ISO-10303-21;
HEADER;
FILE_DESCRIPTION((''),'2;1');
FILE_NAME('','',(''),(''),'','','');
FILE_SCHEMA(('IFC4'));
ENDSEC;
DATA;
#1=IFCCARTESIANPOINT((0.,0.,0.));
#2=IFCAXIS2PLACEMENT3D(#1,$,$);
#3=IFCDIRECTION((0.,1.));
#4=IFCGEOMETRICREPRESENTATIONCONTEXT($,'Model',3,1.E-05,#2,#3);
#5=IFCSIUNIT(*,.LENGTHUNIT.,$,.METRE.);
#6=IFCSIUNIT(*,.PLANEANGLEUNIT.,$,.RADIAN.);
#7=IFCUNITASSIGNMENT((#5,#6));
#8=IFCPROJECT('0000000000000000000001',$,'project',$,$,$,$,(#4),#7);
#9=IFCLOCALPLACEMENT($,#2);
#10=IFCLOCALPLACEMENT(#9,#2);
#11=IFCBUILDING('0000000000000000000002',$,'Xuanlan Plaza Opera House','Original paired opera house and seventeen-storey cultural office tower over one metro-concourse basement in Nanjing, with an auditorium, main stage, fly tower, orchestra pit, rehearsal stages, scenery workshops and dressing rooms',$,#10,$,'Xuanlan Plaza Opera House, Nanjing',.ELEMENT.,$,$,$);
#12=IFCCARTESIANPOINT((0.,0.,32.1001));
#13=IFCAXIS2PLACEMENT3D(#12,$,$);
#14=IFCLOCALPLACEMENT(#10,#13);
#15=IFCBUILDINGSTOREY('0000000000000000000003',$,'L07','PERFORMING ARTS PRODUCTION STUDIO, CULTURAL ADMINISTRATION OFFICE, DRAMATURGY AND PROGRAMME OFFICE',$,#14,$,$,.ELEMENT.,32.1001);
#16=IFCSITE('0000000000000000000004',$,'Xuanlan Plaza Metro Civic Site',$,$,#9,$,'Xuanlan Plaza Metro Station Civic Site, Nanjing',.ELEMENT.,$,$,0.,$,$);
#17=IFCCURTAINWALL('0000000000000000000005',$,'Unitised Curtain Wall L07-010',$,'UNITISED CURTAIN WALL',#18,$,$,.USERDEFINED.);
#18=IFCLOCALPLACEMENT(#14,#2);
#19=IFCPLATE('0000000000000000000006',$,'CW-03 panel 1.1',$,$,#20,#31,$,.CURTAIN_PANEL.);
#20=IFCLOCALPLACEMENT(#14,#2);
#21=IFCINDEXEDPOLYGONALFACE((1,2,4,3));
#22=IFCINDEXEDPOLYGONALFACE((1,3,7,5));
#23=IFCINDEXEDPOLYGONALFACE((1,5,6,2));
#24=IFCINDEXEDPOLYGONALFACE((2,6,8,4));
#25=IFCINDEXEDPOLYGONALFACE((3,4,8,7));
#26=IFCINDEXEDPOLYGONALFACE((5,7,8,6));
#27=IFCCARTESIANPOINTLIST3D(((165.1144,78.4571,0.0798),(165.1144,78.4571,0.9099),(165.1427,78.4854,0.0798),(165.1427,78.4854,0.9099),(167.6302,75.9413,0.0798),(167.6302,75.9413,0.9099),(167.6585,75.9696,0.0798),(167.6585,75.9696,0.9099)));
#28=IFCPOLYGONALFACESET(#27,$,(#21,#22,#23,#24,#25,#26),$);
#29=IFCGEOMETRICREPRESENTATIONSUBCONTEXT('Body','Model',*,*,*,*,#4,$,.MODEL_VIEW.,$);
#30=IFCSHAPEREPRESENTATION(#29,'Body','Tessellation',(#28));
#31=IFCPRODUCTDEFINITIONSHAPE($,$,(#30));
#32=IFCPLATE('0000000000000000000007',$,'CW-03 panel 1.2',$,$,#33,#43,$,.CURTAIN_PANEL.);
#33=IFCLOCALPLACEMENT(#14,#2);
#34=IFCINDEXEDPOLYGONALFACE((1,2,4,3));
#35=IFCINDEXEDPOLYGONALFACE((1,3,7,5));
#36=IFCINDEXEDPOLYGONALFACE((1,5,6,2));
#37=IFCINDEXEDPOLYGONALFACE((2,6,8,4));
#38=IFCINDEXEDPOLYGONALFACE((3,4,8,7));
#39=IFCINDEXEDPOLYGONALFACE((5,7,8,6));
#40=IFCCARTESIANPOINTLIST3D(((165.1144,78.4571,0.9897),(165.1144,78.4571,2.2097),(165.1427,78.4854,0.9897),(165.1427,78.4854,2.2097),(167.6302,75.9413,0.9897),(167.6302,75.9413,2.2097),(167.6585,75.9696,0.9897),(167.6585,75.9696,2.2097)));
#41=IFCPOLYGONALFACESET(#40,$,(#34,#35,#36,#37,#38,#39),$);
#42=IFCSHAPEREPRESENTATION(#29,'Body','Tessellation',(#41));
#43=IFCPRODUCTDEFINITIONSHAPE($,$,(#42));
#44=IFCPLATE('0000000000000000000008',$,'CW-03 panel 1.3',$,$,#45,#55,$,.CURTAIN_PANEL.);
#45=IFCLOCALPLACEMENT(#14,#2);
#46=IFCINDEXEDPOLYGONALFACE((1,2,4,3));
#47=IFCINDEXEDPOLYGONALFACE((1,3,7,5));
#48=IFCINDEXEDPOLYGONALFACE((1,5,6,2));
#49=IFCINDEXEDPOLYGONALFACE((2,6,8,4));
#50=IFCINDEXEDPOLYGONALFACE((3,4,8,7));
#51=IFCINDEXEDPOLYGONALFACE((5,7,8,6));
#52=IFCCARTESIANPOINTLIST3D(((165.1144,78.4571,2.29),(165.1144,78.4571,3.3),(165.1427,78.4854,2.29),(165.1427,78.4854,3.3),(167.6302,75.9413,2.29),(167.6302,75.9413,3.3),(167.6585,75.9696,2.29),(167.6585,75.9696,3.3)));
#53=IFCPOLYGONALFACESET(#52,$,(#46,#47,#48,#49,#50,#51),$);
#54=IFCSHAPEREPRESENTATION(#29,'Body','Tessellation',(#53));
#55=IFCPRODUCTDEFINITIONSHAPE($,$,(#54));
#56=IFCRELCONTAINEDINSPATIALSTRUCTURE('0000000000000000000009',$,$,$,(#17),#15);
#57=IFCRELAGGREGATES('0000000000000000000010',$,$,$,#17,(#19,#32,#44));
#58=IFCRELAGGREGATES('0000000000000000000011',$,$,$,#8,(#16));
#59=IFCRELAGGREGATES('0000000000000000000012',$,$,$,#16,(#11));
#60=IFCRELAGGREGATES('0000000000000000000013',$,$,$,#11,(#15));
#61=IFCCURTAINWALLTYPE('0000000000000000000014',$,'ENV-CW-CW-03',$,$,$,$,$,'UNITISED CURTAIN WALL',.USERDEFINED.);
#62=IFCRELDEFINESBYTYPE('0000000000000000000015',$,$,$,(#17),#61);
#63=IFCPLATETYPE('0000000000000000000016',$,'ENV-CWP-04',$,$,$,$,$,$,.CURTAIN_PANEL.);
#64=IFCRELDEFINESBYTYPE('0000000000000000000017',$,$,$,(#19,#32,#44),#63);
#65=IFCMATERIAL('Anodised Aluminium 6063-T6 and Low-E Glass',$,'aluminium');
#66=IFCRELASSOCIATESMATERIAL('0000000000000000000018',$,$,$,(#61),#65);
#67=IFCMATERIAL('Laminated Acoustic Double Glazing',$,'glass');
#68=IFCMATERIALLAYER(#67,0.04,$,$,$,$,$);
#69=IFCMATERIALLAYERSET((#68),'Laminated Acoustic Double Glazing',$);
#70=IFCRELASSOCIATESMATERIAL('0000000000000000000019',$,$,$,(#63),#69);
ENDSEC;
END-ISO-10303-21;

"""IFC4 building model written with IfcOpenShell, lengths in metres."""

from ifc_helpers import new_model, si_unit, direction, frame, origin, origin_2d, place, context, subcontext, project, spatial, rectangle, extrude, material, layer, layer_set, type_object, element, aggregate, save


model = new_model("IFC4")

# Units and contexts
model_context = context("Model", 3, precision=1e-05, world=origin(), true_north=direction((0.0, 1.0)))
body_context = subcontext(model_context, "Body", "Model", "MODEL_VIEW")
ifc_project = project(units=[si_unit("LENGTHUNIT", "METRE"), si_unit("PLANEANGLEUNIT", "RADIAN")], contexts=[model_context])

# Site, building, storey
site_placement = place(None, origin())
site = spatial("IfcSite", under=ifc_project, at=site_placement, Name="Xuanlan Plaza Metro Civic Site", LongName="Xuanlan Plaza Metro Station Civic Site, Nanjing", CompositionType="ELEMENT", RefElevation=0.0)
building_placement = place(site_placement, origin())
building = spatial("IfcBuilding", under=site, at=building_placement, Name="Xuanlan Plaza Opera House", Description="Original paired opera house and seventeen-storey cultural office tower over one metro-concourse basement in Nanjing, with an auditorium, main stage, fly tower, orchestra pit, rehearsal stages, scenery workshops and dressing rooms", LongName="Xuanlan Plaza Opera House, Nanjing", CompositionType="ELEMENT")
storey_placement = place(building_placement, frame((0.0, 0.0, 32.1001)))
storey = spatial("IfcBuildingStorey", under=building, at=storey_placement, Name="L07", Description="PERFORMING ARTS PRODUCTION STUDIO, CULTURAL ADMINISTRATION OFFICE, DRAMATURGY AND PROGRAMME OFFICE", CompositionType="ELEMENT", Elevation=32.1001)

# Curtain wall
ifc_material_1 = material(Name="Anodised Aluminium 6063-T6 and Low-E Glass", Category="aluminium")
curtain_wall_type_1 = type_object("IfcCurtainWallType", Name="ENV-CW-CW-03", ElementType="UNITISED CURTAIN WALL", PredefinedType="USERDEFINED", material=ifc_material_1)
curtain_wall_1_placement = place(storey_placement, origin())
curtain_wall_1 = element("IfcCurtainWall", 1, at=curtain_wall_1_placement, inside=storey, type_object=curtain_wall_type_1, Name="Unitised Curtain Wall L07-010", ObjectType="UNITISED CURTAIN WALL", PredefinedType="USERDEFINED")

# Plates
ifc_material_2 = material(Name="Laminated Acoustic Double Glazing", Category="glass")
ifc_layer_1 = layer(ifc_material_2, 0.04)
ifc_layer_set_1 = layer_set([ifc_layer_1], Name="Laminated Acoustic Double Glazing")
plate_type_1 = type_object("IfcPlateType", Name="ENV-CWP-04", PredefinedType="CURTAIN_PANEL", material=ifc_layer_set_1)
plate_1_placement = place(storey_placement, frame((166.3865, 77.2134, 0.0798), z_axis=(0.0, 0.0, 1.0), x_axis=(-0.707107, 0.707107, 0.0)))
plate_1 = element("IfcPlate", 2, at=plate_1_placement, type_object=plate_type_1, Name="CW-03 panel 1.1", PredefinedType="CURTAIN_PANEL", context=body_context, shape_type="SweptSolid", body=[
    extrude(rectangle(XDim=3.5579, YDim=0.04, at=origin_2d()), origin(), (0.0, 0.0, 1.0), 0.8301),
])
plate_2_placement = place(storey_placement, frame((166.3865, 77.2134, 0.9897), z_axis=(0.0, 0.0, 1.0), x_axis=(-0.707107, 0.707107, 0.0)))
plate_2 = element("IfcPlate", 3, at=plate_2_placement, type_object=plate_type_1, Name="CW-03 panel 1.2", PredefinedType="CURTAIN_PANEL", context=body_context, shape_type="SweptSolid", body=[
    extrude(rectangle(XDim=3.5579, YDim=0.04, at=origin_2d()), origin(), (0.0, 0.0, 1.0), 1.22),
])
plate_3_placement = place(storey_placement, frame((166.3865, 77.2134, 2.29), z_axis=(0.0, 0.0, 1.0), x_axis=(-0.707107, 0.707107, 0.0)))
plate_3 = element("IfcPlate", 4, at=plate_3_placement, type_object=plate_type_1, Name="CW-03 panel 1.3", PredefinedType="CURTAIN_PANEL", context=body_context, shape_type="SweptSolid", body=[
    extrude(rectangle(XDim=3.5579, YDim=0.04, at=origin_2d()), origin(), (0.0, 0.0, 1.0), 1.01),
])
aggregate(curtain_wall_1, [plate_1, plate_2, plate_3])

save(model, "model.ifc")
